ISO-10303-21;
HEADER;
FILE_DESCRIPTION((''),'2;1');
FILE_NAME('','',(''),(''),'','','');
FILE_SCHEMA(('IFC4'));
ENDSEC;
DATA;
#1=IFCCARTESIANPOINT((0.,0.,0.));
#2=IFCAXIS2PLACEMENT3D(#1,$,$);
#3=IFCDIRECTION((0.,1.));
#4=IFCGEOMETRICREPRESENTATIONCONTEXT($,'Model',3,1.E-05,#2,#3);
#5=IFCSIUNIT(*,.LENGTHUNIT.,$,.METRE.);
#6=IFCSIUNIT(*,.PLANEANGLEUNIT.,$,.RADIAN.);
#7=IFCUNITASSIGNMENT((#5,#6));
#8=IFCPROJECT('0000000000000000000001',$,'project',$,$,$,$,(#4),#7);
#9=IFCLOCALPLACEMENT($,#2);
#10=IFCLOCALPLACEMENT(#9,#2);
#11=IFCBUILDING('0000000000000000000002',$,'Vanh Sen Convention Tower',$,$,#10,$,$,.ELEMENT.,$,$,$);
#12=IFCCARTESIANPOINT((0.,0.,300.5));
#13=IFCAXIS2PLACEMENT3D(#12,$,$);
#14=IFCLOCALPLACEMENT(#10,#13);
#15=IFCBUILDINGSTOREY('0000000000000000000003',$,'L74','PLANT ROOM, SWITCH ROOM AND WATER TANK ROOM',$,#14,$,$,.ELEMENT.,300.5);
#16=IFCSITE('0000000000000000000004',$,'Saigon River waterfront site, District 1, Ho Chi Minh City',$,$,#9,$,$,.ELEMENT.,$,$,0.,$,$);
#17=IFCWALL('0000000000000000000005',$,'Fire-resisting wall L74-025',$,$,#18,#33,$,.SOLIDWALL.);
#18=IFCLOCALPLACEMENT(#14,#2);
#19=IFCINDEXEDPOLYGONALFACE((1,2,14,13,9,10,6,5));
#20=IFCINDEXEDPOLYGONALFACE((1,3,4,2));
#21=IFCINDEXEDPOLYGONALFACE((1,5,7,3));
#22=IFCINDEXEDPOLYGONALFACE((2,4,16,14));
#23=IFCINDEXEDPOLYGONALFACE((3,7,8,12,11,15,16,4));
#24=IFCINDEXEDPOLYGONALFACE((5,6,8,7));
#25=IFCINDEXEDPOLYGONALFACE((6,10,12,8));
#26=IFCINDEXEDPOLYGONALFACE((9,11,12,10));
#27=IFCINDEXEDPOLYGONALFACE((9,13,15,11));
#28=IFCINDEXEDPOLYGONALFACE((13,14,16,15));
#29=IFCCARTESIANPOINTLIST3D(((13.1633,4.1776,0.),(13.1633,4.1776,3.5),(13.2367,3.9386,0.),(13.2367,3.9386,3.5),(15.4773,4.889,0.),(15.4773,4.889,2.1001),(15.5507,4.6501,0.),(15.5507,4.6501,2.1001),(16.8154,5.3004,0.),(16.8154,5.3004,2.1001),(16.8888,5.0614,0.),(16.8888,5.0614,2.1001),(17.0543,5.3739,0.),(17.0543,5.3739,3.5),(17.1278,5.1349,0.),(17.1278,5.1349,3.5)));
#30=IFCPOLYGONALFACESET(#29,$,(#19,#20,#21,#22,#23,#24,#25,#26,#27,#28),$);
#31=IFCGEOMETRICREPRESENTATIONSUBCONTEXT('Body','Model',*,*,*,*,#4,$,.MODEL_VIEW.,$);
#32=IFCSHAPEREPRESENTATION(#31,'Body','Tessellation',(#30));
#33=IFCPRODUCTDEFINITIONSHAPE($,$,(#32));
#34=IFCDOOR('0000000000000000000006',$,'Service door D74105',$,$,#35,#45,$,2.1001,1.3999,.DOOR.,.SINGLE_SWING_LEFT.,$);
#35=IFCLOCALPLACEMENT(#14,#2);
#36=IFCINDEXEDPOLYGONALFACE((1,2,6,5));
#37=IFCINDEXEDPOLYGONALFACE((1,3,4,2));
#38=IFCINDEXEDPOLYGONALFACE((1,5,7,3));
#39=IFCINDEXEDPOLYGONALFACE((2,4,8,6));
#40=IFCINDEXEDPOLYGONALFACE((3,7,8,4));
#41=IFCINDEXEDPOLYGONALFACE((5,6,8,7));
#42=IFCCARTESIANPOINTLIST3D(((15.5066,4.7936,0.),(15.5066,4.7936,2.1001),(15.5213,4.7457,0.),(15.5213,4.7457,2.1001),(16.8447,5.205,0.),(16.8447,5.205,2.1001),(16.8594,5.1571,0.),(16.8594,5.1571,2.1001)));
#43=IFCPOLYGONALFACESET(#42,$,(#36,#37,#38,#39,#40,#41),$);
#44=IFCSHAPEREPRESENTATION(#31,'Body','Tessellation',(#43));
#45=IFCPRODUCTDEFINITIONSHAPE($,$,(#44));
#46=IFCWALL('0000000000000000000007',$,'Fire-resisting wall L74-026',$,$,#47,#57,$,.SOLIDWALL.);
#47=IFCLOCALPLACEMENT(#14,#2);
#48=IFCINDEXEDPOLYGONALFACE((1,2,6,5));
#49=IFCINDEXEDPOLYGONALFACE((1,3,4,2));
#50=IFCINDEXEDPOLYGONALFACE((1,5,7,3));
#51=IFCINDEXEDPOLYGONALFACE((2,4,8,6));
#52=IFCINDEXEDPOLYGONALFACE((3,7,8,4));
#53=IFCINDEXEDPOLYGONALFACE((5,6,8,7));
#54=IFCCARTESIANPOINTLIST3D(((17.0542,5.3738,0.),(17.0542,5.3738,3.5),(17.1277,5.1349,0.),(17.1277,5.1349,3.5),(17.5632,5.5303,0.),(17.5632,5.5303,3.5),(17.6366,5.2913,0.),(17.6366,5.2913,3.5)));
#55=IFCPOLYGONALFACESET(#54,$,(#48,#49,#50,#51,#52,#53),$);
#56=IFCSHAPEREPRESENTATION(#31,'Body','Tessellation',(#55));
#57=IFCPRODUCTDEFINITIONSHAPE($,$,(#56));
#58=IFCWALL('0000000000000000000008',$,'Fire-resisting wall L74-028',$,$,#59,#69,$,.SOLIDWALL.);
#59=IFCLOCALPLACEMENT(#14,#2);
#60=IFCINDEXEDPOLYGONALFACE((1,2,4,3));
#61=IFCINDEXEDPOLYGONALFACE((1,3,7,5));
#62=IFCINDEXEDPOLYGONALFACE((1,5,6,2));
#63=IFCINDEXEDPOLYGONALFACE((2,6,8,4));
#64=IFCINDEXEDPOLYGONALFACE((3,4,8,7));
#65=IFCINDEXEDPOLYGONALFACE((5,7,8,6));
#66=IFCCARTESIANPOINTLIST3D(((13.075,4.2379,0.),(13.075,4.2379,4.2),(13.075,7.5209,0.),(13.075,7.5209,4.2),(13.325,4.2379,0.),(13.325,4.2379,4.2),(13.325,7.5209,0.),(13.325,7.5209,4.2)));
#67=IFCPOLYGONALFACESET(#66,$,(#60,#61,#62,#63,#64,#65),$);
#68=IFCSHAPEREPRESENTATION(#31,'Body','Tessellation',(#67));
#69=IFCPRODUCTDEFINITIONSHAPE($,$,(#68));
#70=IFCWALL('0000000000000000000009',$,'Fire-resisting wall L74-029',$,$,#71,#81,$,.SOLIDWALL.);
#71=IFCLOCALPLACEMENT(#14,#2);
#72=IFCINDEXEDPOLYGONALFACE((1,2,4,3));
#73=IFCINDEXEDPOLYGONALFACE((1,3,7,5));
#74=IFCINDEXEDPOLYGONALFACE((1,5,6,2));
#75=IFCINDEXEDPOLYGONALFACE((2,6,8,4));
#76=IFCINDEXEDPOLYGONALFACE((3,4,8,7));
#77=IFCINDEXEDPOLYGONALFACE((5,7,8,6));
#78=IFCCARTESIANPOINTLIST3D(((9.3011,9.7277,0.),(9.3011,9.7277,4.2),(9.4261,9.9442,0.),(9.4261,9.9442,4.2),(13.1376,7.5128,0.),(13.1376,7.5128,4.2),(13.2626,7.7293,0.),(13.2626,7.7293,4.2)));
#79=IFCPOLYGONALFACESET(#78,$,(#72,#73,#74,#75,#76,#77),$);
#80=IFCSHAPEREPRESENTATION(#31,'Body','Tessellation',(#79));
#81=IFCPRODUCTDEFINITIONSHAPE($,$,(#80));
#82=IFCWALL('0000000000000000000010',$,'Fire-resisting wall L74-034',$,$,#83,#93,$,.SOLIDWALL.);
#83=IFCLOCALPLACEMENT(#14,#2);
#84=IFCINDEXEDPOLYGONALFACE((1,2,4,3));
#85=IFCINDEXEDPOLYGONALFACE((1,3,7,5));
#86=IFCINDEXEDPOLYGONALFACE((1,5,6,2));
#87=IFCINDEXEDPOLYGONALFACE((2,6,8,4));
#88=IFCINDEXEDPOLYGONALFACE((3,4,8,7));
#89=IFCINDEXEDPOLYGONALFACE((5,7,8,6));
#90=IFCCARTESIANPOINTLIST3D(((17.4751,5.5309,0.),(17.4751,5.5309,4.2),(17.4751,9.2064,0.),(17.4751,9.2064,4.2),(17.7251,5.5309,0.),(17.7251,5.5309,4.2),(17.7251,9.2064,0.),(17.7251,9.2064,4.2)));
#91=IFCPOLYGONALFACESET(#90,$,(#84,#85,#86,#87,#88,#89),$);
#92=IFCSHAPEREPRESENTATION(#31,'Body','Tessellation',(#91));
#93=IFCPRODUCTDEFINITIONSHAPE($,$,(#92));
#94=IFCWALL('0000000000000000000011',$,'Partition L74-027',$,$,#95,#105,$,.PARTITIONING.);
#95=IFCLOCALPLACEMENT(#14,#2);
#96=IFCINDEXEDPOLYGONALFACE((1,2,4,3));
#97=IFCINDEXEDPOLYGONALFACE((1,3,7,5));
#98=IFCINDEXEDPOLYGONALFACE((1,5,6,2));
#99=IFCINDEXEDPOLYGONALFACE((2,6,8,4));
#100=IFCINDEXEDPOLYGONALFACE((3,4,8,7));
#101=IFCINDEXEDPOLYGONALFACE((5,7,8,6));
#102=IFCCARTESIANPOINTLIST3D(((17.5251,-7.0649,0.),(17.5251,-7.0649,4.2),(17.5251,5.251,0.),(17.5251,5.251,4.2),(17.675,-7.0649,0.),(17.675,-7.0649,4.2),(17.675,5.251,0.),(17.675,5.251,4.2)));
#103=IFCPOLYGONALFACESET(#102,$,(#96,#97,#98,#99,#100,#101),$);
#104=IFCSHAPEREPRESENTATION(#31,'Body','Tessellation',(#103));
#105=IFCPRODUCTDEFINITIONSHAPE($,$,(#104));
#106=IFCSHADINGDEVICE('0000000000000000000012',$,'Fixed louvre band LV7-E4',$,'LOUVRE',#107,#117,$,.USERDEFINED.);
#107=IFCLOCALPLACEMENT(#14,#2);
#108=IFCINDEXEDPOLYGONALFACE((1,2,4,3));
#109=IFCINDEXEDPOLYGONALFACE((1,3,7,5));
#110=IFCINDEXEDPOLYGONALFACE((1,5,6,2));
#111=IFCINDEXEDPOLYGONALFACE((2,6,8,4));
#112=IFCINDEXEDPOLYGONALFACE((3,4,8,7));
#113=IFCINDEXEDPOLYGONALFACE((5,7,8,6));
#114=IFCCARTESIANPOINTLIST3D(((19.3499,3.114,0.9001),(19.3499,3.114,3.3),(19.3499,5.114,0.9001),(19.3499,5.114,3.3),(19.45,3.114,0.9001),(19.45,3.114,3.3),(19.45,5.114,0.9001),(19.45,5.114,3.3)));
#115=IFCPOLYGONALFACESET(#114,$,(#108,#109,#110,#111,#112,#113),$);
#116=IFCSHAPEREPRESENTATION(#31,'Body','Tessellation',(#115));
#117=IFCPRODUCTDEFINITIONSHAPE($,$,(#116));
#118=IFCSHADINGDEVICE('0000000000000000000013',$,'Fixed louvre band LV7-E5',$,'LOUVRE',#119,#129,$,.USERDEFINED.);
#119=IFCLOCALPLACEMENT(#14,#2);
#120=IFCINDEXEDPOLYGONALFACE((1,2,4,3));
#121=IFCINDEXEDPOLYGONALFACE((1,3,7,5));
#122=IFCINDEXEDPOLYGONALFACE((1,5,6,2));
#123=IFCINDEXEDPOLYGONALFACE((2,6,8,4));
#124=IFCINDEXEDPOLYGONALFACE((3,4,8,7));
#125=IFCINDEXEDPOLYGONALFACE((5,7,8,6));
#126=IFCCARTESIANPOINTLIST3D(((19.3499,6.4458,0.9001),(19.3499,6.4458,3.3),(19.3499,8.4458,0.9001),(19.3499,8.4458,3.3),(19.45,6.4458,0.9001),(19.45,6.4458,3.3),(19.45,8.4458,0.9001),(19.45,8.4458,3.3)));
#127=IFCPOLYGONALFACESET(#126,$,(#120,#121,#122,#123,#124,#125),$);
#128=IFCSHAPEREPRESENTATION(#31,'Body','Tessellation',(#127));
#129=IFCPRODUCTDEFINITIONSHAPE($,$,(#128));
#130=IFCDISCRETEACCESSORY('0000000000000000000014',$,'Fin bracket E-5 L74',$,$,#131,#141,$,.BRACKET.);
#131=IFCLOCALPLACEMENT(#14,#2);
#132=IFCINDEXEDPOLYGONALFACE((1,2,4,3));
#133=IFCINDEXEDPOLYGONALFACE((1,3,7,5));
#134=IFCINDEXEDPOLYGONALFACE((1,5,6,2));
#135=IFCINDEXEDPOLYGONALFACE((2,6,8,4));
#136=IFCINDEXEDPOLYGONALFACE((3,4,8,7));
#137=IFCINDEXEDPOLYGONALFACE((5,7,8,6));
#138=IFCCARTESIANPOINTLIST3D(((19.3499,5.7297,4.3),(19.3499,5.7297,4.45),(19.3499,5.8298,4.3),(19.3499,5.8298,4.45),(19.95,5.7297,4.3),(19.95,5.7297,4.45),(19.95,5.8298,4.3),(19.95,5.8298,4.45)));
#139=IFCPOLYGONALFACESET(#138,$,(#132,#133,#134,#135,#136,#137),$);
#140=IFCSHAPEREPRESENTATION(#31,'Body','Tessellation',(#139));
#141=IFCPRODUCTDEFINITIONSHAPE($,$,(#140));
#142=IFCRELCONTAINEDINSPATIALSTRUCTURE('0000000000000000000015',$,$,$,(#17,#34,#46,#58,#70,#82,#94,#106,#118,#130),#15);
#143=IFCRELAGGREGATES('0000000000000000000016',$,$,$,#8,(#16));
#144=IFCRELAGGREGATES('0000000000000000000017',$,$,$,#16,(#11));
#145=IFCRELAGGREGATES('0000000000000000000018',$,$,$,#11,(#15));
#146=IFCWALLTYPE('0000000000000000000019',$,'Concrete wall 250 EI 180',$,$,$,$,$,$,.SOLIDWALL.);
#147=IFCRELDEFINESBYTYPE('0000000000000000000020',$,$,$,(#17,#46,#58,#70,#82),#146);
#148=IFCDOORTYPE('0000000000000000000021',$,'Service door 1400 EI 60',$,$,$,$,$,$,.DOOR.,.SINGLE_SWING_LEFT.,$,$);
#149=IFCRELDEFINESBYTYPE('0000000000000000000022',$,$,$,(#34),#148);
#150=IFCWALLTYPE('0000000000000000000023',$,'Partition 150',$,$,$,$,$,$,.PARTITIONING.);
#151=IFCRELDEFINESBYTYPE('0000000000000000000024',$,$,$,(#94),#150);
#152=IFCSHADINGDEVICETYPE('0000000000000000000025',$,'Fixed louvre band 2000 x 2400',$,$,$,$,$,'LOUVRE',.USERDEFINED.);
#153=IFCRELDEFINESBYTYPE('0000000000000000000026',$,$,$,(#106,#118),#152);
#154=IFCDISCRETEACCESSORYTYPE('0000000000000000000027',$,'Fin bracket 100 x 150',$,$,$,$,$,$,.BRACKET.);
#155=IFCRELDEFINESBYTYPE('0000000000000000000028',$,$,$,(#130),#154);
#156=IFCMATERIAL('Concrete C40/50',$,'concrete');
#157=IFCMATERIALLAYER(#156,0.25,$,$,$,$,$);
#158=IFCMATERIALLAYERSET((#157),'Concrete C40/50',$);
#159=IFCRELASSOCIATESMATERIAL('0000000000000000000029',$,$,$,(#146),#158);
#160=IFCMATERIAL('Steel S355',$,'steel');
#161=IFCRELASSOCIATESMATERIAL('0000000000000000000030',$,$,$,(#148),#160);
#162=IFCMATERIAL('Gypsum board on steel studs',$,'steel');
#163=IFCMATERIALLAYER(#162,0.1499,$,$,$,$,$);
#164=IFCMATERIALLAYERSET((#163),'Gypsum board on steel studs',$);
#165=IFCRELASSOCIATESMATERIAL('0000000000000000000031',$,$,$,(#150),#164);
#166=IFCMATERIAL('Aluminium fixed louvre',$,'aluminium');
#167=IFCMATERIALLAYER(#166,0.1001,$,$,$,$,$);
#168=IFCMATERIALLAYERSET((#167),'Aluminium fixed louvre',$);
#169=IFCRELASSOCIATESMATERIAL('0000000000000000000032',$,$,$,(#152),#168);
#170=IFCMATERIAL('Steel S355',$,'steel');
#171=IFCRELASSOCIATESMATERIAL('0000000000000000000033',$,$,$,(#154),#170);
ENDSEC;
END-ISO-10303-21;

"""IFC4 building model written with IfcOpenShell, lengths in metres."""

from ifc_helpers import new_model, si_unit, direction, frame, frame_2d, origin, origin_2d, place, context, subcontext, project, spatial, rectangle, extrude, material, layer, layer_set, type_object, element, fill, save


model = new_model("IFC4")

# Units and contexts
model_context = context("Model", 3, precision=1e-05, world=origin(), true_north=direction((0.0, 1.0)))
body_context = subcontext(model_context, "Body", "Model", "MODEL_VIEW")
ifc_project = project(units=[si_unit("LENGTHUNIT", "METRE"), si_unit("PLANEANGLEUNIT", "RADIAN")], contexts=[model_context])

# Site, building, storey
site_placement = place(None, origin())
site = spatial("IfcSite", under=ifc_project, at=site_placement, Name="Saigon River waterfront site, District 1, Ho Chi Minh City", CompositionType="ELEMENT", RefElevation=0.0)
building_placement = place(site_placement, origin())
building = spatial("IfcBuilding", under=site, at=building_placement, Name="Vanh Sen Convention Tower", CompositionType="ELEMENT")
storey_placement = place(building_placement, frame((0.0, 0.0, 300.5)))
storey = spatial("IfcBuildingStorey", under=building, at=storey_placement, Name="L74", Description="PLANT ROOM, SWITCH ROOM AND WATER TANK ROOM", CompositionType="ELEMENT", Elevation=300.5)

# Wall, opening, door
ifc_material_1 = material(Name="Concrete C40/50", Category="concrete")
ifc_layer_1 = layer(ifc_material_1, 0.25)
ifc_layer_set_1 = layer_set([ifc_layer_1], Name="Concrete C40/50")
wall_type_1 = type_object("IfcWallType", Name="Concrete wall 250 EI 180", PredefinedType="SOLIDWALL", material=ifc_layer_set_1)
wall_1_placement = place(storey_placement, frame((17.0911, 5.2544, 0.0), z_axis=(0.0, 0.0, 1.0), x_axis=(-0.955846, -0.293867, 0.0)))
wall_1 = element("IfcWall", 1, at=wall_1_placement, inside=storey, type_object=wall_type_1, Name="Fire-resisting wall L74-025", PredefinedType="SOLIDWALL", context=body_context, shape_type="SweptSolid", body=[
    extrude(rectangle(XDim=4.0708, YDim=0.25, at=frame_2d((2.0354, 0.0))), origin(), (0.0, 0.0, 1.0), 3.5),
])
opening_placement = place(wall_1_placement, frame((0.25, 0.0, 0.0)))
opening = element("IfcOpeningElement", 2, at=opening_placement, cuts=wall_1, PredefinedType="OPENING", context=body_context, shape_type="SweptSolid", body=[
    extrude(rectangle(XDim=1.3999, YDim=2.1001, at=frame_2d((0.7, 1.05))), frame((0.0, 0.135, 0.0), z_axis=(0.0, -1.0, 0.0), x_axis=(1.0, 0.0, 0.0)), (0.0, 0.0, 1.0), 0.27),
])
ifc_material_2 = material(Name="Steel S355", Category="steel")
door_type = type_object("IfcDoorType", Name="Service door 1400 EI 60", OperationType="SINGLE_SWING_LEFT", PredefinedType="DOOR", material=ifc_material_2)
door_placement = place(opening_placement, origin())
door = element("IfcDoor", 3, at=door_placement, inside=storey, type_object=door_type, Name="Service door D74105", OperationType="SINGLE_SWING_LEFT", OverallHeight=2.1001, OverallWidth=1.3999, PredefinedType="DOOR", context=body_context, shape_type="SweptSolid", body=[
    extrude(rectangle(XDim=1.3999, YDim=2.1001, at=frame_2d((0.7, 1.05))), frame((0.0, 0.0249, 0.0), z_axis=(0.0, -1.0, 0.0), x_axis=(1.0, 0.0, 0.0)), (0.0, 0.0, 1.0), 0.05),
])
fill(opening, door)

# Walls
wall_2_placement = place(storey_placement, frame((17.0911, 5.2544, 0.0), z_axis=(0.0, 0.0, 1.0), x_axis=(0.955848, 0.29386, 0.0)))
element("IfcWall", 4, at=wall_2_placement, inside=storey, type_object=wall_type_1, Name="Fire-resisting wall L74-026", PredefinedType="SOLIDWALL", context=body_context, shape_type="SweptSolid", body=[
    extrude(rectangle(XDim=0.5325, YDim=0.25, at=frame_2d((0.2661, 0.0))), origin(), (0.0, 0.0, 1.0), 3.5),
])
wall_3_placement = place(storey_placement, frame((13.2, 7.521, 0.0), z_axis=(0.0, 0.0, 1.0), x_axis=(0.0, -1.0, 0.0)))
element("IfcWall", 5, at=wall_3_placement, inside=storey, type_object=wall_type_1, Name="Fire-resisting wall L74-028", PredefinedType="SOLIDWALL", context=body_context, shape_type="SweptSolid", body=[
    extrude(rectangle(XDim=3.283, YDim=0.25, at=frame_2d((1.6416, 0.0))), origin(), (0.0, 0.0, 1.0), 4.2),
])
wall_4_placement = place(storey_placement, frame((13.2, 7.6211, 0.0), z_axis=(0.0, 0.0, 1.0), x_axis=(-0.866037, 0.49998, 0.0)))
element("IfcWall", 6, at=wall_4_placement, inside=storey, type_object=wall_type_1, Name="Fire-resisting wall L74-029", PredefinedType="SOLIDWALL", context=body_context, shape_type="SweptSolid", body=[
    extrude(rectangle(XDim=4.4299, YDim=0.25, at=frame_2d((2.2148, 0.0))), origin(), (0.0, 0.0, 1.0), 4.2),
])
wall_5_placement = place(storey_placement, frame((17.6001, 9.2065, 0.0), z_axis=(0.0, 0.0, 1.0), x_axis=(0.0, -1.0, 0.0)))
element("IfcWall", 7, at=wall_5_placement, inside=storey, type_object=wall_type_1, Name="Fire-resisting wall L74-034", PredefinedType="SOLIDWALL", context=body_context, shape_type="SweptSolid", body=[
    extrude(rectangle(XDim=3.6755, YDim=0.25, at=frame_2d((1.8379, 0.0))), origin(), (0.0, 0.0, 1.0), 4.2),
])
ifc_material_3 = material(Name="Gypsum board on steel studs", Category="steel")
ifc_layer_2 = layer(ifc_material_3, 0.1499)
ifc_layer_set_2 = layer_set([ifc_layer_2], Name="Gypsum board on steel studs")
wall_type_2 = type_object("IfcWallType", Name="Partition 150", PredefinedType="PARTITIONING", material=ifc_layer_set_2)
wall_6_placement = place(storey_placement, frame((17.6001, 5.251, 0.0), z_axis=(0.0, 0.0, 1.0), x_axis=(0.0, -1.0, 0.0)))
element("IfcWall", 8, at=wall_6_placement, inside=storey, type_object=wall_type_2, Name="Partition L74-027", PredefinedType="PARTITIONING", context=body_context, shape_type="SweptSolid", body=[
    extrude(rectangle(XDim=12.3159, YDim=0.1499, at=frame_2d((6.158, 0.0))), origin(), (0.0, 0.0, 1.0), 4.2),
])

# Shading devices
ifc_material_4 = material(Name="Aluminium fixed louvre", Category="aluminium")
ifc_layer_3 = layer(ifc_material_4, 0.1001)
ifc_layer_set_3 = layer_set([ifc_layer_3], Name="Aluminium fixed louvre")
shading_device_type = type_object("IfcShadingDeviceType", Name="Fixed louvre band 2000 x 2400", ElementType="LOUVRE", PredefinedType="USERDEFINED", material=ifc_layer_set_3)
for number, where, z_axis, x_axis, name in (
    (9, (19.3999, 4.114, 0.9001), (0.0, 0.0, 1.0), (0.0, 1.0, 0.0), "Fixed louvre band LV7-E4"),
    (10, (19.3999, 7.4458, 0.9001), (0.0, 0.0, 1.0), (0.0, 1.0, 0.0), "Fixed louvre band LV7-E5"),
):
    element("IfcShadingDevice", number, at=place(storey_placement, frame(where, z_axis=z_axis, x_axis=x_axis)), inside=storey, type_object=shading_device_type, Name=name, ObjectType="LOUVRE", PredefinedType="USERDEFINED", context=body_context, shape_type="SweptSolid", body=[
        extrude(rectangle(XDim=2.0, YDim=0.1001, at=origin_2d()), origin(), (0.0, 0.0, 1.0), 2.3999),
    ])

# Discrete accessory
ifc_material_5 = material(Name="Steel S355", Category="steel")
discrete_accessory_type = type_object("IfcDiscreteAccessoryType", Name="Fin bracket 100 x 150", PredefinedType="BRACKET", material=ifc_material_5)
discrete_accessory_placement = place(storey_placement, frame((19.6499, 5.7798, 4.3), z_axis=(0.0, 0.0, 1.0), x_axis=(1.0, 0.0, 0.0)))
element("IfcDiscreteAccessory", 11, at=discrete_accessory_placement, inside=storey, type_object=discrete_accessory_type, Name="Fin bracket E-5 L74", PredefinedType="BRACKET", context=body_context, shape_type="SweptSolid", body=[
    extrude(rectangle(XDim=0.6001, YDim=0.1001, at=origin_2d()), origin(), (0.0, 0.0, 1.0), 0.1499),
])

save(model, "model.ifc")
